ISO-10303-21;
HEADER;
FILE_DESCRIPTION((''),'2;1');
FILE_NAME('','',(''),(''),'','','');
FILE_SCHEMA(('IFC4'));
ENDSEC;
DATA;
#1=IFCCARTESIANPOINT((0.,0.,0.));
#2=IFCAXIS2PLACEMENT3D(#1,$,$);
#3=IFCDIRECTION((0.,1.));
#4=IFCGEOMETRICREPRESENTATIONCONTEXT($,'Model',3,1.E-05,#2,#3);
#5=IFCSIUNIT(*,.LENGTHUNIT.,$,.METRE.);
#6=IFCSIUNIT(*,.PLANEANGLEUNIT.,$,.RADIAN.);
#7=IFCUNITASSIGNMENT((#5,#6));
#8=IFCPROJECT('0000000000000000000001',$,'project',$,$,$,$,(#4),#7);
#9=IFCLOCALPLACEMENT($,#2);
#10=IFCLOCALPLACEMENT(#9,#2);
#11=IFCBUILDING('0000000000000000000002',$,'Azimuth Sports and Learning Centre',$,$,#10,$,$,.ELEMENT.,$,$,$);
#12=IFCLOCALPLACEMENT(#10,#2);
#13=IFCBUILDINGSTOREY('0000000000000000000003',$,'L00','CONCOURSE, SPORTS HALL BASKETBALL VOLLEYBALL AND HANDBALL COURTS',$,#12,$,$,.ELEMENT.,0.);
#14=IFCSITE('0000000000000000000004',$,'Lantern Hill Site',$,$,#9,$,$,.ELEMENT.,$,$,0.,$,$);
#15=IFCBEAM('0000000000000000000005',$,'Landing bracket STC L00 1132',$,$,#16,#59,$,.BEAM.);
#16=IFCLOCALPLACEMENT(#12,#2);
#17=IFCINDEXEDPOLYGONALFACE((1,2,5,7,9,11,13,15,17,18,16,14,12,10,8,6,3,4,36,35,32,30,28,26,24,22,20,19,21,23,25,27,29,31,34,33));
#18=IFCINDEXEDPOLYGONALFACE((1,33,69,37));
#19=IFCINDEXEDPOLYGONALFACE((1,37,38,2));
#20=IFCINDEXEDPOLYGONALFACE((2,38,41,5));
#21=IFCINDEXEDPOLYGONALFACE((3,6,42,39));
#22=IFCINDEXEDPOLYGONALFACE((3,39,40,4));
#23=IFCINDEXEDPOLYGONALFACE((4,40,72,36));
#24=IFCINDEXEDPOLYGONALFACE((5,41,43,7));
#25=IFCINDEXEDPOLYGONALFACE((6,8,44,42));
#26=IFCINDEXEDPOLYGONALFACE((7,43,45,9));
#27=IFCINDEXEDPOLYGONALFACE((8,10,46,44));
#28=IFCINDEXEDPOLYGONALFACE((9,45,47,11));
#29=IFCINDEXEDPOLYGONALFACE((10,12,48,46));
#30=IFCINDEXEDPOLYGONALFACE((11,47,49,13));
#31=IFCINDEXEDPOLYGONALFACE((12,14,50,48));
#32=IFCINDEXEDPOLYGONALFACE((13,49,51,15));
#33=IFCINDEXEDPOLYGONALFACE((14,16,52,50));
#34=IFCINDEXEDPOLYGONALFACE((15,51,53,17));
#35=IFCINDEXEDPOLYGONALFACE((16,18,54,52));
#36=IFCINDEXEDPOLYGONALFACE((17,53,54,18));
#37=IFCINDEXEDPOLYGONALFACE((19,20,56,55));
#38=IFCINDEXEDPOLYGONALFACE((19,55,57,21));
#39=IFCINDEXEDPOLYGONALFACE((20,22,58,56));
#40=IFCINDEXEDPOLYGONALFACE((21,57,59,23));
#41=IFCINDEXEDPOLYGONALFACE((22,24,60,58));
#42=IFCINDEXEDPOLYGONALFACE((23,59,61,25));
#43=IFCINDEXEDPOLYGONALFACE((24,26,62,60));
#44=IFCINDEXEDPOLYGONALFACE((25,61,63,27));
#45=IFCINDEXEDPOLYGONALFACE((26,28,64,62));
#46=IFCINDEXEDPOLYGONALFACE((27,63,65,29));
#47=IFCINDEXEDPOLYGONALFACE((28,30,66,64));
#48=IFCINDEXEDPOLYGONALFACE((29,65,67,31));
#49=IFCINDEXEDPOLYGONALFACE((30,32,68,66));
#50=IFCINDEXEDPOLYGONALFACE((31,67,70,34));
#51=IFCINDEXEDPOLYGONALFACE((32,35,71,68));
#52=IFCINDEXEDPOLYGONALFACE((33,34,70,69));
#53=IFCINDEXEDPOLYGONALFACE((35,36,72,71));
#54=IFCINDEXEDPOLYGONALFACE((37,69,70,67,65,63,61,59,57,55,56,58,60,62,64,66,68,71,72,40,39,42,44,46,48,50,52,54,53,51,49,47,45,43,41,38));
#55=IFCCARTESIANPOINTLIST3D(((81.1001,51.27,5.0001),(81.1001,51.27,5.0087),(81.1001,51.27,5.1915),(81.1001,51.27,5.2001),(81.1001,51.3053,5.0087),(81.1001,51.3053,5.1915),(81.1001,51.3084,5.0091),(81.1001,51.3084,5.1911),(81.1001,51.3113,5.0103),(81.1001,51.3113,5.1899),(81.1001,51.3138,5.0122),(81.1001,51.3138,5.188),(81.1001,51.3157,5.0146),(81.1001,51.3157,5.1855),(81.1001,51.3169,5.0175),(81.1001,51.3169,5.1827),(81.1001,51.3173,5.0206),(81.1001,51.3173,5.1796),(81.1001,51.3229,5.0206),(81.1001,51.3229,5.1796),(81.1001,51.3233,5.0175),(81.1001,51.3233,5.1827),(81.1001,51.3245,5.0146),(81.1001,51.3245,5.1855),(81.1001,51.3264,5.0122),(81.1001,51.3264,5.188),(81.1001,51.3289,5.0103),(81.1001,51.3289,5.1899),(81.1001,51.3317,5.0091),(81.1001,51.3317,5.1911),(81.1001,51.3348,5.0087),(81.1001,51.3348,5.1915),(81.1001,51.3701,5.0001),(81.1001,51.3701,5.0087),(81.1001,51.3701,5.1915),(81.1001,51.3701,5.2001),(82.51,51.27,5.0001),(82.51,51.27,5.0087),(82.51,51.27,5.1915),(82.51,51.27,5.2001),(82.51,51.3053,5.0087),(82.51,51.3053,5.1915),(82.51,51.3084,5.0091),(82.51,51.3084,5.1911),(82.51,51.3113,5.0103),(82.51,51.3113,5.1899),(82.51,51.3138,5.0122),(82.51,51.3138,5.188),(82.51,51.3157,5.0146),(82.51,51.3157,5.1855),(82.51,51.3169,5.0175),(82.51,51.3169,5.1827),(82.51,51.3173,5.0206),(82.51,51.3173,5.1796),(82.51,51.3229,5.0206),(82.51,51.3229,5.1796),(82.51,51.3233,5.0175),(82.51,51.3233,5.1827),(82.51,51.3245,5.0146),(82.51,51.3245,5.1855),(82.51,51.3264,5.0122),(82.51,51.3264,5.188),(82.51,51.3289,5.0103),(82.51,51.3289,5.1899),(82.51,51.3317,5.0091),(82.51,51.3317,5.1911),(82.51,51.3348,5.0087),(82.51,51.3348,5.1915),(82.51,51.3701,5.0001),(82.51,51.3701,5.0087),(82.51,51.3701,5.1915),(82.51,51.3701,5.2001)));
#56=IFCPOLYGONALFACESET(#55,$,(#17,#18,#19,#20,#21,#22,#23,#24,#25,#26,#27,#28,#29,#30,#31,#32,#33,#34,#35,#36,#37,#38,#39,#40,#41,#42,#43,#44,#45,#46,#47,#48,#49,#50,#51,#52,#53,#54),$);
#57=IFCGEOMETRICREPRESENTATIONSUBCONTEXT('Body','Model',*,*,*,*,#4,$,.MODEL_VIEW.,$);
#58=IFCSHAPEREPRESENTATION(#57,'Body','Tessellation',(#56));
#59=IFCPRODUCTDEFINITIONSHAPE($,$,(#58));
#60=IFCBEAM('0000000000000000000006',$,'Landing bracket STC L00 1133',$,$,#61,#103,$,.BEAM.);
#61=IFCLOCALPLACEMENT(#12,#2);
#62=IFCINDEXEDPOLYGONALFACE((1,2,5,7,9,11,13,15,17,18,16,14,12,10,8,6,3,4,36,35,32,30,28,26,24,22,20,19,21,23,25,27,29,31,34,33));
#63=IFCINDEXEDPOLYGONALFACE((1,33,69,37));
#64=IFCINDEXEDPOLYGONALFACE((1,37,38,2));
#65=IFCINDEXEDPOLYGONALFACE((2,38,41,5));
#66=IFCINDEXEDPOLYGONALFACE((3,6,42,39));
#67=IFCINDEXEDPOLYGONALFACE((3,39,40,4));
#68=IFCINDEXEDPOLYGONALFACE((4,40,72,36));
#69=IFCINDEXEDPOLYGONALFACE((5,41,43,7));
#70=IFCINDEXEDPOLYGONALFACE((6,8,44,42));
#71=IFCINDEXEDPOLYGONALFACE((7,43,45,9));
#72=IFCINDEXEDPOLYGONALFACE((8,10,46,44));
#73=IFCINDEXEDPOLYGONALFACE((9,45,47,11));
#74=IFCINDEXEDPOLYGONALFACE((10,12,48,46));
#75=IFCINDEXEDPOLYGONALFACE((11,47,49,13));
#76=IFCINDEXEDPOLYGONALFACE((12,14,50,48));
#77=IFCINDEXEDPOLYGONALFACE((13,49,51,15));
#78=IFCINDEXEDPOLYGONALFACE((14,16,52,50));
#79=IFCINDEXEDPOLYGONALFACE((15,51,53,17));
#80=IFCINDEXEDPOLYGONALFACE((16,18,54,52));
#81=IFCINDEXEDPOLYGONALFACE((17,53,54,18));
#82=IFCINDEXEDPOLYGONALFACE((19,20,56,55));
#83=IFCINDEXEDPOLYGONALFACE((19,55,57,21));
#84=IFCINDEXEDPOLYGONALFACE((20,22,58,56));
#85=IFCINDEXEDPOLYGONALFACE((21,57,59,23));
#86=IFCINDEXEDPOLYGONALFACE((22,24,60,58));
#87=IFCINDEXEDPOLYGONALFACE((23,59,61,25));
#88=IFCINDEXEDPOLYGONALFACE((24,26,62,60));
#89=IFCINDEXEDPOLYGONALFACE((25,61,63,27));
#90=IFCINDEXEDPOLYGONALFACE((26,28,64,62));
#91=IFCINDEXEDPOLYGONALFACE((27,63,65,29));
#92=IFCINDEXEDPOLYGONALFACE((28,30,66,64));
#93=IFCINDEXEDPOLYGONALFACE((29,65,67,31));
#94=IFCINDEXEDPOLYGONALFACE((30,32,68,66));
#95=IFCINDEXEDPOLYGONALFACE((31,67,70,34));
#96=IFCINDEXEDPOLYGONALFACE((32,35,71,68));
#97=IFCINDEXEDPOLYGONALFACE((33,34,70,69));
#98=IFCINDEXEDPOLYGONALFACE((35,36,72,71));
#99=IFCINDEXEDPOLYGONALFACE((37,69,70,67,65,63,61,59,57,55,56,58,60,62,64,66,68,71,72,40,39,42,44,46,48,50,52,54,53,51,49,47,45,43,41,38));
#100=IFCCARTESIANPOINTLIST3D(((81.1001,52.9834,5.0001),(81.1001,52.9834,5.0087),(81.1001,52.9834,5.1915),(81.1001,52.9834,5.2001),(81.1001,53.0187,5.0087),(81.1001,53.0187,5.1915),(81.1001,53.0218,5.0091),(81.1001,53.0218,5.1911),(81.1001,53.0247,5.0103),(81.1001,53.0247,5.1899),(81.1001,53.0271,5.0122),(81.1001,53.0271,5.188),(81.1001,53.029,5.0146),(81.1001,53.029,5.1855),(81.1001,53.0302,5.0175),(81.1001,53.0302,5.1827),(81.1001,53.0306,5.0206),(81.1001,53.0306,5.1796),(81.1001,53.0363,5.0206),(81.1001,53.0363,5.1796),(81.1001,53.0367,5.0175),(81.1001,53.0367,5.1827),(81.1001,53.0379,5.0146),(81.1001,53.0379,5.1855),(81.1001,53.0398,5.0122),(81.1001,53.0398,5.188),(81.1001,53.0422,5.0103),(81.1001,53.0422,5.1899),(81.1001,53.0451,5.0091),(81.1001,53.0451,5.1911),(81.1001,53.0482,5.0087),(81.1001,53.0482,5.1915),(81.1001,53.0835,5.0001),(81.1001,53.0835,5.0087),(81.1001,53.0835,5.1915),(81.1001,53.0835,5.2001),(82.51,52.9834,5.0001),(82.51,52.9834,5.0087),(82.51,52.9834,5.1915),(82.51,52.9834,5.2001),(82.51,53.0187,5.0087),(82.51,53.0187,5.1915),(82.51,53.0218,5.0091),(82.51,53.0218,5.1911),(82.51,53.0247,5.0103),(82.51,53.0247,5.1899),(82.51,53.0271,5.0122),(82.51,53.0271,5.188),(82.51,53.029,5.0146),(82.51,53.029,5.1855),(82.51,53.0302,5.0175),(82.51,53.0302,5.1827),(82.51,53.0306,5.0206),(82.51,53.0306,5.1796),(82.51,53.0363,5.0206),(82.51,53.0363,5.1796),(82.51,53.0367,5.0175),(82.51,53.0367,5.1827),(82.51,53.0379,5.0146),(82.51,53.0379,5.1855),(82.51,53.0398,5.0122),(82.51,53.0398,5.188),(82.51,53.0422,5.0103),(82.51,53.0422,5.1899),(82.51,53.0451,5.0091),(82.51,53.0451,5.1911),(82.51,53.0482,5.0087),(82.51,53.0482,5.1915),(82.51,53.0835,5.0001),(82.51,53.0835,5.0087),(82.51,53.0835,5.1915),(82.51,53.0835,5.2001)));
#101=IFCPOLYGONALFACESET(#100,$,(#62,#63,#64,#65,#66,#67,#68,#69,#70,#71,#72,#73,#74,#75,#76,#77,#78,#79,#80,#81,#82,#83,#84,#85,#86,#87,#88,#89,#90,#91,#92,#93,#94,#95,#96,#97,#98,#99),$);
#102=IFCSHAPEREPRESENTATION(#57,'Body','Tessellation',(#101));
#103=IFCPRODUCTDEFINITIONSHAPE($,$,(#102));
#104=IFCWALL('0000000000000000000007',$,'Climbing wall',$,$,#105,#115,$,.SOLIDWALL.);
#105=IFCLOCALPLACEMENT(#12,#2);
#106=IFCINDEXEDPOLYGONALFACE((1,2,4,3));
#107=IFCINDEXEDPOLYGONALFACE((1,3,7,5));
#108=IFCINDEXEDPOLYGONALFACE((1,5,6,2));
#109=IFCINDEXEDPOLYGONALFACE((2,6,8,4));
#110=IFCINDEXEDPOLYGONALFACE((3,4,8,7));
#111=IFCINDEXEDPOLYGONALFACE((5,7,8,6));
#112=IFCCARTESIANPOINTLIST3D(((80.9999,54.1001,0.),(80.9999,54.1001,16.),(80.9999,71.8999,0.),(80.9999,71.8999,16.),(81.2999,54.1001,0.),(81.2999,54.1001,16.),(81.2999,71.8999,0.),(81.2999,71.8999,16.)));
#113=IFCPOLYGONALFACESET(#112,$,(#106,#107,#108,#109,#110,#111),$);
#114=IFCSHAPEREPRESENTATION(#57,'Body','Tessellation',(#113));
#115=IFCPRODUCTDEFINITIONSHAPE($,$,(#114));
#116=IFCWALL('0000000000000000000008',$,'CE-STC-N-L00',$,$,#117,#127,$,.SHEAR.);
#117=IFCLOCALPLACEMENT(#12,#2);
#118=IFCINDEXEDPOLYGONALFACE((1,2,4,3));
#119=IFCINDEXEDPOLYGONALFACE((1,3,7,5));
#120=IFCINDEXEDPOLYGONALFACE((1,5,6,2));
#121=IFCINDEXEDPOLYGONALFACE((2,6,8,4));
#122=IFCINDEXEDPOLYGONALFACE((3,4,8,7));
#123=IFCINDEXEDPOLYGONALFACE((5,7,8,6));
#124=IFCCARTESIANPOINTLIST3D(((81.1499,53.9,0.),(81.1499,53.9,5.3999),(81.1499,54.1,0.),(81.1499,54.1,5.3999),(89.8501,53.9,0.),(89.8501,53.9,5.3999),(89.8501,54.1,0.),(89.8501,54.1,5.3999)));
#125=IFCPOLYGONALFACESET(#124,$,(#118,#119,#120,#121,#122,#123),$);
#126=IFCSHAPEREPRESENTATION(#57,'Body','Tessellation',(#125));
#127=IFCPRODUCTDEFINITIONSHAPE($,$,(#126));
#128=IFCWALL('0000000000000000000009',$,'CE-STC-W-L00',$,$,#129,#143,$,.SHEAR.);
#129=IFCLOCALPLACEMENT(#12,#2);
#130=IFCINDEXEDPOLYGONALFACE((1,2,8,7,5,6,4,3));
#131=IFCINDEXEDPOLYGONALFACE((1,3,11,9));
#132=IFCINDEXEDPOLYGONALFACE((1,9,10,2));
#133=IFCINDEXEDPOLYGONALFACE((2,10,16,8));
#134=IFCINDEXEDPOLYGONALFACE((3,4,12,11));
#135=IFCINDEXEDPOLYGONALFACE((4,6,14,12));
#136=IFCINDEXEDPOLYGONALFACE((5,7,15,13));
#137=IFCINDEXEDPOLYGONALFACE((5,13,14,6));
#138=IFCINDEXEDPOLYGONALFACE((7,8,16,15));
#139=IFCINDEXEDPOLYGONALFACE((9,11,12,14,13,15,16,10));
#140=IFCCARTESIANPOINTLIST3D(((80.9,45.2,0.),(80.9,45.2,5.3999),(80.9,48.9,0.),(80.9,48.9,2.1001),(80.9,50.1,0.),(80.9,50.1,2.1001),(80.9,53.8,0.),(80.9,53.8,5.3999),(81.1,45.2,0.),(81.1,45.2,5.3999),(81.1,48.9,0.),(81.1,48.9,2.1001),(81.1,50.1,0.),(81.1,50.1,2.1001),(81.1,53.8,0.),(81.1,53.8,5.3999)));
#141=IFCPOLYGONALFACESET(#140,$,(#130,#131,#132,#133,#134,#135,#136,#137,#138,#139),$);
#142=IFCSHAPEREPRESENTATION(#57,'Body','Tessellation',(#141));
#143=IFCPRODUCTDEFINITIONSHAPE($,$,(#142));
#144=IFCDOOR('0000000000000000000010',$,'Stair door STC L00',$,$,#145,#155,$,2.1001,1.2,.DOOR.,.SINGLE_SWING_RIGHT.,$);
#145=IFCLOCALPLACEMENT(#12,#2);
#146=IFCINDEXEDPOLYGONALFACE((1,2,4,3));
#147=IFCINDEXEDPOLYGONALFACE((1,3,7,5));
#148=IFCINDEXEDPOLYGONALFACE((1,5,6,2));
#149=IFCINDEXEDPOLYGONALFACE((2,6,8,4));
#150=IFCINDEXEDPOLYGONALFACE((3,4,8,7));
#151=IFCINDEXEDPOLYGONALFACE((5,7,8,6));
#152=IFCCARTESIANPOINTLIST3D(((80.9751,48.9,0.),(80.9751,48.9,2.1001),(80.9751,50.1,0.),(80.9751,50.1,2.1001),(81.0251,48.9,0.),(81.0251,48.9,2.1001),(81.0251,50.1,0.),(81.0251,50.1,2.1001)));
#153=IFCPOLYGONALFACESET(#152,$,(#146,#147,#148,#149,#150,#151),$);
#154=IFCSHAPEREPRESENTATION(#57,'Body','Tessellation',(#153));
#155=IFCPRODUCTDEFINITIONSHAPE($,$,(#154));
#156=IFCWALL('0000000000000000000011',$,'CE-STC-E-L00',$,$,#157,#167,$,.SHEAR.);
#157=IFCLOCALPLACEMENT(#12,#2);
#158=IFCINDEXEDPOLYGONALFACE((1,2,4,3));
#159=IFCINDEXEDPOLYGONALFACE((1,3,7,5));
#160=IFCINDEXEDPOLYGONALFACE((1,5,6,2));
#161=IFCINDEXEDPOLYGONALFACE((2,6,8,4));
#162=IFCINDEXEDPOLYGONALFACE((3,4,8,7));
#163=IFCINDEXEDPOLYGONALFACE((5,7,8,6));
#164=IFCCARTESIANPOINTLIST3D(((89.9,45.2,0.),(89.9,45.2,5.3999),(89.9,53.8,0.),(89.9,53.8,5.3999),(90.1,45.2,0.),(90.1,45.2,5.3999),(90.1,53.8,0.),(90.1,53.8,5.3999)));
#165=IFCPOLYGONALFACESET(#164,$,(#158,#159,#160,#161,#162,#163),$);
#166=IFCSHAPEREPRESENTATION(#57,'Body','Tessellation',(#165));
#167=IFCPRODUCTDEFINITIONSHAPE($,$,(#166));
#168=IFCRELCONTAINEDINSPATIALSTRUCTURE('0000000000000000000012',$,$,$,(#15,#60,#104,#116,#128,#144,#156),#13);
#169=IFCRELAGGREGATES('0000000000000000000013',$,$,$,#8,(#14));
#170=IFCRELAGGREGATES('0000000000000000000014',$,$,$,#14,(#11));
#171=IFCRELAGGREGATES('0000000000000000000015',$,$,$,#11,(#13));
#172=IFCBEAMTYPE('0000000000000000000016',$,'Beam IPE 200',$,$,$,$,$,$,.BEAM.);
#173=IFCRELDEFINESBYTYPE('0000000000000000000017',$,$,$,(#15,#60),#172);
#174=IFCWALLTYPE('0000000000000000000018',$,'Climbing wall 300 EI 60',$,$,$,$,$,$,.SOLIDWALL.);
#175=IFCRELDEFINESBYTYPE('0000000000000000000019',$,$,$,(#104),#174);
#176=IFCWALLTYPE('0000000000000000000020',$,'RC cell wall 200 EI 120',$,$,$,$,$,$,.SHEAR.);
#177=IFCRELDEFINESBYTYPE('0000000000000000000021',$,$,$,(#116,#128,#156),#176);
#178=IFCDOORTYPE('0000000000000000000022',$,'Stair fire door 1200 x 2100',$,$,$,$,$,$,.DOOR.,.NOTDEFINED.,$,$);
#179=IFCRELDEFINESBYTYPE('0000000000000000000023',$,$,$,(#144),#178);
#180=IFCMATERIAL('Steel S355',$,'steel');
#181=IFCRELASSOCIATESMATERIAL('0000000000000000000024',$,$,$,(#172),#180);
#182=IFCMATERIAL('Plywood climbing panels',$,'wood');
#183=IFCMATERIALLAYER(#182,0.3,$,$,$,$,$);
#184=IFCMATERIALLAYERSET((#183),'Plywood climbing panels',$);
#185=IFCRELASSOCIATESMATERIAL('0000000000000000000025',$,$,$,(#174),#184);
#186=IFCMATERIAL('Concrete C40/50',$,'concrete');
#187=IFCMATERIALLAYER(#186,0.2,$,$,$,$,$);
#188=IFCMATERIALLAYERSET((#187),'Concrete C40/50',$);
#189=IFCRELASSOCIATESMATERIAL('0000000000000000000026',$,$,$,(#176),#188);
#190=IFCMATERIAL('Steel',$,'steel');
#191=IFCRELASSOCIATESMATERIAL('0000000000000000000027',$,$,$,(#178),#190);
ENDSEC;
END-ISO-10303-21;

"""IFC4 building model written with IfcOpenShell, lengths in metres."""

from ifc_helpers import new_model, si_unit, direction, frame, frame_2d, origin, origin_2d, place, context, subcontext, project, spatial, rectangle, i_section, extrude, material, layer, layer_set, material_profile, profile_set, type_object, element, fill, save


model = new_model("IFC4")

# Units and contexts
model_context = context("Model", 3, precision=1e-05, world=origin(), true_north=direction((0.0, 1.0)))
body_context = subcontext(model_context, "Body", "Model", "MODEL_VIEW")
ifc_project = project(units=[si_unit("LENGTHUNIT", "METRE"), si_unit("PLANEANGLEUNIT", "RADIAN")], contexts=[model_context])

# Site, building, storey
site_placement = place(None, origin())
site = spatial("IfcSite", under=ifc_project, at=site_placement, Name="Lantern Hill Site", CompositionType="ELEMENT", RefElevation=0.0)
building_placement = place(site_placement, origin())
building = spatial("IfcBuilding", under=site, at=building_placement, Name="Azimuth Sports and Learning Centre", CompositionType="ELEMENT")
storey_placement = place(building_placement, origin())
storey = spatial("IfcBuildingStorey", under=building, at=storey_placement, Name="L00", Description="CONCOURSE, SPORTS HALL BASKETBALL VOLLEYBALL AND HANDBALL COURTS", CompositionType="ELEMENT", Elevation=0.0)

# Beams
ifc_material_1 = material(Name="Steel S355", Category="steel")
ifc_material_profile_1 = material_profile(ifc_material_1, i_section(OverallWidth=0.1001, OverallDepth=0.2, WebThickness=0.0056, FlangeThickness=0.0085, FilletRadius=0.012, at=origin_2d()), Name="IPE 200")
ifc_profile_set_1 = profile_set([ifc_material_profile_1], Name="Steel S355")
beam_type = type_object("IfcBeamType", Name="Beam IPE 200", PredefinedType="BEAM", material=ifc_profile_set_1)
for number, where, z_axis, x_axis, name in (
    (1, (81.1001, 51.3201, 5.1001), (1.0, 0.0, 0.0), (0.0, 1.0, 0.0), "Landing bracket STC L00 1132"),
    (2, (81.1001, 53.0334, 5.1001), (1.0, 0.0, 0.0), (0.0, 1.0, 0.0), "Landing bracket STC L00 1133"),
):
    element("IfcBeam", number, at=place(storey_placement, frame(where, z_axis=z_axis, x_axis=x_axis)), inside=storey, type_object=beam_type, Name=name, PredefinedType="BEAM", context=body_context, shape_type="SweptSolid", body=[
        extrude(i_section(OverallWidth=0.1001, OverallDepth=0.2, WebThickness=0.0056, FlangeThickness=0.0085, FilletRadius=0.012, at=origin_2d()), origin(), (0.0, 0.0, 1.0), 1.4099),
    ])

# Walls
ifc_material_2 = material(Name="Plywood climbing panels", Category="wood")
ifc_layer_1 = layer(ifc_material_2, 0.3)
ifc_layer_set_1 = layer_set([ifc_layer_1], Name="Plywood climbing panels")
wall_type_1 = type_object("IfcWallType", Name="Climbing wall 300 EI 60", PredefinedType="SOLIDWALL", material=ifc_layer_set_1)
wall_1_placement = place(storey_placement, frame((81.1499, 54.1001, 0.0), z_axis=(0.0, 0.0, 1.0), x_axis=(0.0, 1.0, 0.0)))
element("IfcWall", 3, at=wall_1_placement, inside=storey, type_object=wall_type_1, Name="Climbing wall", PredefinedType="SOLIDWALL", context=body_context, shape_type="SweptSolid", body=[
    extrude(rectangle(XDim=17.7998, YDim=0.3, at=frame_2d((8.8999, 0.0))), origin(), (0.0, 0.0, 1.0), 16.0),
])
ifc_material_3 = material(Name="Concrete C40/50", Category="concrete")
ifc_layer_2 = layer(ifc_material_3, 0.2)
ifc_layer_set_2 = layer_set([ifc_layer_2], Name="Concrete C40/50")
wall_type_2 = type_object("IfcWallType", Name="RC cell wall 200 EI 120", PredefinedType="SHEAR", material=ifc_layer_set_2)
wall_2_placement = place(storey_placement, frame((81.1499, 54.0, 0.0), z_axis=(0.0, 0.0, 1.0), x_axis=(1.0, 0.0, 0.0)))
element("IfcWall", 4, at=wall_2_placement, inside=storey, type_object=wall_type_2, Name="CE-STC-N-L00", PredefinedType="SHEAR", context=body_context, shape_type="SweptSolid", body=[
    extrude(rectangle(XDim=8.7002, YDim=0.2, at=frame_2d((4.3501, 0.0))), origin(), (0.0, 0.0, 1.0), 5.3999),
])

# Wall, opening, door
wall_3_placement = place(storey_placement, frame((81.0, 45.2, 0.0), z_axis=(0.0, 0.0, 1.0), x_axis=(0.0, 1.0, 0.0)))
wall_3 = element("IfcWall", 5, at=wall_3_placement, inside=storey, type_object=wall_type_2, Name="CE-STC-W-L00", PredefinedType="SHEAR", context=body_context, shape_type="SweptSolid", body=[
    extrude(rectangle(XDim=8.6001, YDim=0.2, at=frame_2d((4.3, 0.0))), origin(), (0.0, 0.0, 1.0), 5.3999),
])
opening_placement = place(wall_3_placement, frame((3.7, 0.0, 0.0)))
opening = element("IfcOpeningElement", 6, at=opening_placement, cuts=wall_3, PredefinedType="OPENING", context=body_context, shape_type="SweptSolid", body=[
    extrude(rectangle(XDim=1.2, YDim=2.1001, at=frame_2d((0.6001, 1.05))), frame((0.0, 0.1108, 0.0), z_axis=(0.0, -1.0, 0.0), x_axis=(1.0, 0.0, 0.0)), (0.0, 0.0, 1.0), 0.2219),
])
ifc_material_4 = material(Name="Steel", Category="steel")
door_type = type_object("IfcDoorType", Name="Stair fire door 1200 x 2100", OperationType="NOTDEFINED", PredefinedType="DOOR", material=ifc_material_4)
door_placement = place(opening_placement, origin())
door = element("IfcDoor", 7, at=door_placement, inside=storey, type_object=door_type, Name="Stair door STC L00", OperationType="SINGLE_SWING_RIGHT", OverallHeight=2.1001, OverallWidth=1.2, PredefinedType="DOOR", context=body_context, shape_type="SweptSolid", body=[
    extrude(rectangle(XDim=1.2, YDim=2.1001, at=frame_2d((0.6001, 1.05))), frame((0.0, 0.0249, 0.0), z_axis=(0.0, -1.0, 0.0), x_axis=(1.0, 0.0, 0.0)), (0.0, 0.0, 1.0), 0.05),
])
fill(opening, door)

# Wall
wall_4_placement = place(storey_placement, frame((90.0, 45.2, 0.0), z_axis=(0.0, 0.0, 1.0), x_axis=(0.0, 1.0, 0.0)))
element("IfcWall", 8, at=wall_4_placement, inside=storey, type_object=wall_type_2, Name="CE-STC-E-L00", PredefinedType="SHEAR", context=body_context, shape_type="SweptSolid", body=[
    extrude(rectangle(XDim=8.6001, YDim=0.2, at=frame_2d((4.3, 0.0))), origin(), (0.0, 0.0, 1.0), 5.3999),
])

save(model, "model.ifc")
